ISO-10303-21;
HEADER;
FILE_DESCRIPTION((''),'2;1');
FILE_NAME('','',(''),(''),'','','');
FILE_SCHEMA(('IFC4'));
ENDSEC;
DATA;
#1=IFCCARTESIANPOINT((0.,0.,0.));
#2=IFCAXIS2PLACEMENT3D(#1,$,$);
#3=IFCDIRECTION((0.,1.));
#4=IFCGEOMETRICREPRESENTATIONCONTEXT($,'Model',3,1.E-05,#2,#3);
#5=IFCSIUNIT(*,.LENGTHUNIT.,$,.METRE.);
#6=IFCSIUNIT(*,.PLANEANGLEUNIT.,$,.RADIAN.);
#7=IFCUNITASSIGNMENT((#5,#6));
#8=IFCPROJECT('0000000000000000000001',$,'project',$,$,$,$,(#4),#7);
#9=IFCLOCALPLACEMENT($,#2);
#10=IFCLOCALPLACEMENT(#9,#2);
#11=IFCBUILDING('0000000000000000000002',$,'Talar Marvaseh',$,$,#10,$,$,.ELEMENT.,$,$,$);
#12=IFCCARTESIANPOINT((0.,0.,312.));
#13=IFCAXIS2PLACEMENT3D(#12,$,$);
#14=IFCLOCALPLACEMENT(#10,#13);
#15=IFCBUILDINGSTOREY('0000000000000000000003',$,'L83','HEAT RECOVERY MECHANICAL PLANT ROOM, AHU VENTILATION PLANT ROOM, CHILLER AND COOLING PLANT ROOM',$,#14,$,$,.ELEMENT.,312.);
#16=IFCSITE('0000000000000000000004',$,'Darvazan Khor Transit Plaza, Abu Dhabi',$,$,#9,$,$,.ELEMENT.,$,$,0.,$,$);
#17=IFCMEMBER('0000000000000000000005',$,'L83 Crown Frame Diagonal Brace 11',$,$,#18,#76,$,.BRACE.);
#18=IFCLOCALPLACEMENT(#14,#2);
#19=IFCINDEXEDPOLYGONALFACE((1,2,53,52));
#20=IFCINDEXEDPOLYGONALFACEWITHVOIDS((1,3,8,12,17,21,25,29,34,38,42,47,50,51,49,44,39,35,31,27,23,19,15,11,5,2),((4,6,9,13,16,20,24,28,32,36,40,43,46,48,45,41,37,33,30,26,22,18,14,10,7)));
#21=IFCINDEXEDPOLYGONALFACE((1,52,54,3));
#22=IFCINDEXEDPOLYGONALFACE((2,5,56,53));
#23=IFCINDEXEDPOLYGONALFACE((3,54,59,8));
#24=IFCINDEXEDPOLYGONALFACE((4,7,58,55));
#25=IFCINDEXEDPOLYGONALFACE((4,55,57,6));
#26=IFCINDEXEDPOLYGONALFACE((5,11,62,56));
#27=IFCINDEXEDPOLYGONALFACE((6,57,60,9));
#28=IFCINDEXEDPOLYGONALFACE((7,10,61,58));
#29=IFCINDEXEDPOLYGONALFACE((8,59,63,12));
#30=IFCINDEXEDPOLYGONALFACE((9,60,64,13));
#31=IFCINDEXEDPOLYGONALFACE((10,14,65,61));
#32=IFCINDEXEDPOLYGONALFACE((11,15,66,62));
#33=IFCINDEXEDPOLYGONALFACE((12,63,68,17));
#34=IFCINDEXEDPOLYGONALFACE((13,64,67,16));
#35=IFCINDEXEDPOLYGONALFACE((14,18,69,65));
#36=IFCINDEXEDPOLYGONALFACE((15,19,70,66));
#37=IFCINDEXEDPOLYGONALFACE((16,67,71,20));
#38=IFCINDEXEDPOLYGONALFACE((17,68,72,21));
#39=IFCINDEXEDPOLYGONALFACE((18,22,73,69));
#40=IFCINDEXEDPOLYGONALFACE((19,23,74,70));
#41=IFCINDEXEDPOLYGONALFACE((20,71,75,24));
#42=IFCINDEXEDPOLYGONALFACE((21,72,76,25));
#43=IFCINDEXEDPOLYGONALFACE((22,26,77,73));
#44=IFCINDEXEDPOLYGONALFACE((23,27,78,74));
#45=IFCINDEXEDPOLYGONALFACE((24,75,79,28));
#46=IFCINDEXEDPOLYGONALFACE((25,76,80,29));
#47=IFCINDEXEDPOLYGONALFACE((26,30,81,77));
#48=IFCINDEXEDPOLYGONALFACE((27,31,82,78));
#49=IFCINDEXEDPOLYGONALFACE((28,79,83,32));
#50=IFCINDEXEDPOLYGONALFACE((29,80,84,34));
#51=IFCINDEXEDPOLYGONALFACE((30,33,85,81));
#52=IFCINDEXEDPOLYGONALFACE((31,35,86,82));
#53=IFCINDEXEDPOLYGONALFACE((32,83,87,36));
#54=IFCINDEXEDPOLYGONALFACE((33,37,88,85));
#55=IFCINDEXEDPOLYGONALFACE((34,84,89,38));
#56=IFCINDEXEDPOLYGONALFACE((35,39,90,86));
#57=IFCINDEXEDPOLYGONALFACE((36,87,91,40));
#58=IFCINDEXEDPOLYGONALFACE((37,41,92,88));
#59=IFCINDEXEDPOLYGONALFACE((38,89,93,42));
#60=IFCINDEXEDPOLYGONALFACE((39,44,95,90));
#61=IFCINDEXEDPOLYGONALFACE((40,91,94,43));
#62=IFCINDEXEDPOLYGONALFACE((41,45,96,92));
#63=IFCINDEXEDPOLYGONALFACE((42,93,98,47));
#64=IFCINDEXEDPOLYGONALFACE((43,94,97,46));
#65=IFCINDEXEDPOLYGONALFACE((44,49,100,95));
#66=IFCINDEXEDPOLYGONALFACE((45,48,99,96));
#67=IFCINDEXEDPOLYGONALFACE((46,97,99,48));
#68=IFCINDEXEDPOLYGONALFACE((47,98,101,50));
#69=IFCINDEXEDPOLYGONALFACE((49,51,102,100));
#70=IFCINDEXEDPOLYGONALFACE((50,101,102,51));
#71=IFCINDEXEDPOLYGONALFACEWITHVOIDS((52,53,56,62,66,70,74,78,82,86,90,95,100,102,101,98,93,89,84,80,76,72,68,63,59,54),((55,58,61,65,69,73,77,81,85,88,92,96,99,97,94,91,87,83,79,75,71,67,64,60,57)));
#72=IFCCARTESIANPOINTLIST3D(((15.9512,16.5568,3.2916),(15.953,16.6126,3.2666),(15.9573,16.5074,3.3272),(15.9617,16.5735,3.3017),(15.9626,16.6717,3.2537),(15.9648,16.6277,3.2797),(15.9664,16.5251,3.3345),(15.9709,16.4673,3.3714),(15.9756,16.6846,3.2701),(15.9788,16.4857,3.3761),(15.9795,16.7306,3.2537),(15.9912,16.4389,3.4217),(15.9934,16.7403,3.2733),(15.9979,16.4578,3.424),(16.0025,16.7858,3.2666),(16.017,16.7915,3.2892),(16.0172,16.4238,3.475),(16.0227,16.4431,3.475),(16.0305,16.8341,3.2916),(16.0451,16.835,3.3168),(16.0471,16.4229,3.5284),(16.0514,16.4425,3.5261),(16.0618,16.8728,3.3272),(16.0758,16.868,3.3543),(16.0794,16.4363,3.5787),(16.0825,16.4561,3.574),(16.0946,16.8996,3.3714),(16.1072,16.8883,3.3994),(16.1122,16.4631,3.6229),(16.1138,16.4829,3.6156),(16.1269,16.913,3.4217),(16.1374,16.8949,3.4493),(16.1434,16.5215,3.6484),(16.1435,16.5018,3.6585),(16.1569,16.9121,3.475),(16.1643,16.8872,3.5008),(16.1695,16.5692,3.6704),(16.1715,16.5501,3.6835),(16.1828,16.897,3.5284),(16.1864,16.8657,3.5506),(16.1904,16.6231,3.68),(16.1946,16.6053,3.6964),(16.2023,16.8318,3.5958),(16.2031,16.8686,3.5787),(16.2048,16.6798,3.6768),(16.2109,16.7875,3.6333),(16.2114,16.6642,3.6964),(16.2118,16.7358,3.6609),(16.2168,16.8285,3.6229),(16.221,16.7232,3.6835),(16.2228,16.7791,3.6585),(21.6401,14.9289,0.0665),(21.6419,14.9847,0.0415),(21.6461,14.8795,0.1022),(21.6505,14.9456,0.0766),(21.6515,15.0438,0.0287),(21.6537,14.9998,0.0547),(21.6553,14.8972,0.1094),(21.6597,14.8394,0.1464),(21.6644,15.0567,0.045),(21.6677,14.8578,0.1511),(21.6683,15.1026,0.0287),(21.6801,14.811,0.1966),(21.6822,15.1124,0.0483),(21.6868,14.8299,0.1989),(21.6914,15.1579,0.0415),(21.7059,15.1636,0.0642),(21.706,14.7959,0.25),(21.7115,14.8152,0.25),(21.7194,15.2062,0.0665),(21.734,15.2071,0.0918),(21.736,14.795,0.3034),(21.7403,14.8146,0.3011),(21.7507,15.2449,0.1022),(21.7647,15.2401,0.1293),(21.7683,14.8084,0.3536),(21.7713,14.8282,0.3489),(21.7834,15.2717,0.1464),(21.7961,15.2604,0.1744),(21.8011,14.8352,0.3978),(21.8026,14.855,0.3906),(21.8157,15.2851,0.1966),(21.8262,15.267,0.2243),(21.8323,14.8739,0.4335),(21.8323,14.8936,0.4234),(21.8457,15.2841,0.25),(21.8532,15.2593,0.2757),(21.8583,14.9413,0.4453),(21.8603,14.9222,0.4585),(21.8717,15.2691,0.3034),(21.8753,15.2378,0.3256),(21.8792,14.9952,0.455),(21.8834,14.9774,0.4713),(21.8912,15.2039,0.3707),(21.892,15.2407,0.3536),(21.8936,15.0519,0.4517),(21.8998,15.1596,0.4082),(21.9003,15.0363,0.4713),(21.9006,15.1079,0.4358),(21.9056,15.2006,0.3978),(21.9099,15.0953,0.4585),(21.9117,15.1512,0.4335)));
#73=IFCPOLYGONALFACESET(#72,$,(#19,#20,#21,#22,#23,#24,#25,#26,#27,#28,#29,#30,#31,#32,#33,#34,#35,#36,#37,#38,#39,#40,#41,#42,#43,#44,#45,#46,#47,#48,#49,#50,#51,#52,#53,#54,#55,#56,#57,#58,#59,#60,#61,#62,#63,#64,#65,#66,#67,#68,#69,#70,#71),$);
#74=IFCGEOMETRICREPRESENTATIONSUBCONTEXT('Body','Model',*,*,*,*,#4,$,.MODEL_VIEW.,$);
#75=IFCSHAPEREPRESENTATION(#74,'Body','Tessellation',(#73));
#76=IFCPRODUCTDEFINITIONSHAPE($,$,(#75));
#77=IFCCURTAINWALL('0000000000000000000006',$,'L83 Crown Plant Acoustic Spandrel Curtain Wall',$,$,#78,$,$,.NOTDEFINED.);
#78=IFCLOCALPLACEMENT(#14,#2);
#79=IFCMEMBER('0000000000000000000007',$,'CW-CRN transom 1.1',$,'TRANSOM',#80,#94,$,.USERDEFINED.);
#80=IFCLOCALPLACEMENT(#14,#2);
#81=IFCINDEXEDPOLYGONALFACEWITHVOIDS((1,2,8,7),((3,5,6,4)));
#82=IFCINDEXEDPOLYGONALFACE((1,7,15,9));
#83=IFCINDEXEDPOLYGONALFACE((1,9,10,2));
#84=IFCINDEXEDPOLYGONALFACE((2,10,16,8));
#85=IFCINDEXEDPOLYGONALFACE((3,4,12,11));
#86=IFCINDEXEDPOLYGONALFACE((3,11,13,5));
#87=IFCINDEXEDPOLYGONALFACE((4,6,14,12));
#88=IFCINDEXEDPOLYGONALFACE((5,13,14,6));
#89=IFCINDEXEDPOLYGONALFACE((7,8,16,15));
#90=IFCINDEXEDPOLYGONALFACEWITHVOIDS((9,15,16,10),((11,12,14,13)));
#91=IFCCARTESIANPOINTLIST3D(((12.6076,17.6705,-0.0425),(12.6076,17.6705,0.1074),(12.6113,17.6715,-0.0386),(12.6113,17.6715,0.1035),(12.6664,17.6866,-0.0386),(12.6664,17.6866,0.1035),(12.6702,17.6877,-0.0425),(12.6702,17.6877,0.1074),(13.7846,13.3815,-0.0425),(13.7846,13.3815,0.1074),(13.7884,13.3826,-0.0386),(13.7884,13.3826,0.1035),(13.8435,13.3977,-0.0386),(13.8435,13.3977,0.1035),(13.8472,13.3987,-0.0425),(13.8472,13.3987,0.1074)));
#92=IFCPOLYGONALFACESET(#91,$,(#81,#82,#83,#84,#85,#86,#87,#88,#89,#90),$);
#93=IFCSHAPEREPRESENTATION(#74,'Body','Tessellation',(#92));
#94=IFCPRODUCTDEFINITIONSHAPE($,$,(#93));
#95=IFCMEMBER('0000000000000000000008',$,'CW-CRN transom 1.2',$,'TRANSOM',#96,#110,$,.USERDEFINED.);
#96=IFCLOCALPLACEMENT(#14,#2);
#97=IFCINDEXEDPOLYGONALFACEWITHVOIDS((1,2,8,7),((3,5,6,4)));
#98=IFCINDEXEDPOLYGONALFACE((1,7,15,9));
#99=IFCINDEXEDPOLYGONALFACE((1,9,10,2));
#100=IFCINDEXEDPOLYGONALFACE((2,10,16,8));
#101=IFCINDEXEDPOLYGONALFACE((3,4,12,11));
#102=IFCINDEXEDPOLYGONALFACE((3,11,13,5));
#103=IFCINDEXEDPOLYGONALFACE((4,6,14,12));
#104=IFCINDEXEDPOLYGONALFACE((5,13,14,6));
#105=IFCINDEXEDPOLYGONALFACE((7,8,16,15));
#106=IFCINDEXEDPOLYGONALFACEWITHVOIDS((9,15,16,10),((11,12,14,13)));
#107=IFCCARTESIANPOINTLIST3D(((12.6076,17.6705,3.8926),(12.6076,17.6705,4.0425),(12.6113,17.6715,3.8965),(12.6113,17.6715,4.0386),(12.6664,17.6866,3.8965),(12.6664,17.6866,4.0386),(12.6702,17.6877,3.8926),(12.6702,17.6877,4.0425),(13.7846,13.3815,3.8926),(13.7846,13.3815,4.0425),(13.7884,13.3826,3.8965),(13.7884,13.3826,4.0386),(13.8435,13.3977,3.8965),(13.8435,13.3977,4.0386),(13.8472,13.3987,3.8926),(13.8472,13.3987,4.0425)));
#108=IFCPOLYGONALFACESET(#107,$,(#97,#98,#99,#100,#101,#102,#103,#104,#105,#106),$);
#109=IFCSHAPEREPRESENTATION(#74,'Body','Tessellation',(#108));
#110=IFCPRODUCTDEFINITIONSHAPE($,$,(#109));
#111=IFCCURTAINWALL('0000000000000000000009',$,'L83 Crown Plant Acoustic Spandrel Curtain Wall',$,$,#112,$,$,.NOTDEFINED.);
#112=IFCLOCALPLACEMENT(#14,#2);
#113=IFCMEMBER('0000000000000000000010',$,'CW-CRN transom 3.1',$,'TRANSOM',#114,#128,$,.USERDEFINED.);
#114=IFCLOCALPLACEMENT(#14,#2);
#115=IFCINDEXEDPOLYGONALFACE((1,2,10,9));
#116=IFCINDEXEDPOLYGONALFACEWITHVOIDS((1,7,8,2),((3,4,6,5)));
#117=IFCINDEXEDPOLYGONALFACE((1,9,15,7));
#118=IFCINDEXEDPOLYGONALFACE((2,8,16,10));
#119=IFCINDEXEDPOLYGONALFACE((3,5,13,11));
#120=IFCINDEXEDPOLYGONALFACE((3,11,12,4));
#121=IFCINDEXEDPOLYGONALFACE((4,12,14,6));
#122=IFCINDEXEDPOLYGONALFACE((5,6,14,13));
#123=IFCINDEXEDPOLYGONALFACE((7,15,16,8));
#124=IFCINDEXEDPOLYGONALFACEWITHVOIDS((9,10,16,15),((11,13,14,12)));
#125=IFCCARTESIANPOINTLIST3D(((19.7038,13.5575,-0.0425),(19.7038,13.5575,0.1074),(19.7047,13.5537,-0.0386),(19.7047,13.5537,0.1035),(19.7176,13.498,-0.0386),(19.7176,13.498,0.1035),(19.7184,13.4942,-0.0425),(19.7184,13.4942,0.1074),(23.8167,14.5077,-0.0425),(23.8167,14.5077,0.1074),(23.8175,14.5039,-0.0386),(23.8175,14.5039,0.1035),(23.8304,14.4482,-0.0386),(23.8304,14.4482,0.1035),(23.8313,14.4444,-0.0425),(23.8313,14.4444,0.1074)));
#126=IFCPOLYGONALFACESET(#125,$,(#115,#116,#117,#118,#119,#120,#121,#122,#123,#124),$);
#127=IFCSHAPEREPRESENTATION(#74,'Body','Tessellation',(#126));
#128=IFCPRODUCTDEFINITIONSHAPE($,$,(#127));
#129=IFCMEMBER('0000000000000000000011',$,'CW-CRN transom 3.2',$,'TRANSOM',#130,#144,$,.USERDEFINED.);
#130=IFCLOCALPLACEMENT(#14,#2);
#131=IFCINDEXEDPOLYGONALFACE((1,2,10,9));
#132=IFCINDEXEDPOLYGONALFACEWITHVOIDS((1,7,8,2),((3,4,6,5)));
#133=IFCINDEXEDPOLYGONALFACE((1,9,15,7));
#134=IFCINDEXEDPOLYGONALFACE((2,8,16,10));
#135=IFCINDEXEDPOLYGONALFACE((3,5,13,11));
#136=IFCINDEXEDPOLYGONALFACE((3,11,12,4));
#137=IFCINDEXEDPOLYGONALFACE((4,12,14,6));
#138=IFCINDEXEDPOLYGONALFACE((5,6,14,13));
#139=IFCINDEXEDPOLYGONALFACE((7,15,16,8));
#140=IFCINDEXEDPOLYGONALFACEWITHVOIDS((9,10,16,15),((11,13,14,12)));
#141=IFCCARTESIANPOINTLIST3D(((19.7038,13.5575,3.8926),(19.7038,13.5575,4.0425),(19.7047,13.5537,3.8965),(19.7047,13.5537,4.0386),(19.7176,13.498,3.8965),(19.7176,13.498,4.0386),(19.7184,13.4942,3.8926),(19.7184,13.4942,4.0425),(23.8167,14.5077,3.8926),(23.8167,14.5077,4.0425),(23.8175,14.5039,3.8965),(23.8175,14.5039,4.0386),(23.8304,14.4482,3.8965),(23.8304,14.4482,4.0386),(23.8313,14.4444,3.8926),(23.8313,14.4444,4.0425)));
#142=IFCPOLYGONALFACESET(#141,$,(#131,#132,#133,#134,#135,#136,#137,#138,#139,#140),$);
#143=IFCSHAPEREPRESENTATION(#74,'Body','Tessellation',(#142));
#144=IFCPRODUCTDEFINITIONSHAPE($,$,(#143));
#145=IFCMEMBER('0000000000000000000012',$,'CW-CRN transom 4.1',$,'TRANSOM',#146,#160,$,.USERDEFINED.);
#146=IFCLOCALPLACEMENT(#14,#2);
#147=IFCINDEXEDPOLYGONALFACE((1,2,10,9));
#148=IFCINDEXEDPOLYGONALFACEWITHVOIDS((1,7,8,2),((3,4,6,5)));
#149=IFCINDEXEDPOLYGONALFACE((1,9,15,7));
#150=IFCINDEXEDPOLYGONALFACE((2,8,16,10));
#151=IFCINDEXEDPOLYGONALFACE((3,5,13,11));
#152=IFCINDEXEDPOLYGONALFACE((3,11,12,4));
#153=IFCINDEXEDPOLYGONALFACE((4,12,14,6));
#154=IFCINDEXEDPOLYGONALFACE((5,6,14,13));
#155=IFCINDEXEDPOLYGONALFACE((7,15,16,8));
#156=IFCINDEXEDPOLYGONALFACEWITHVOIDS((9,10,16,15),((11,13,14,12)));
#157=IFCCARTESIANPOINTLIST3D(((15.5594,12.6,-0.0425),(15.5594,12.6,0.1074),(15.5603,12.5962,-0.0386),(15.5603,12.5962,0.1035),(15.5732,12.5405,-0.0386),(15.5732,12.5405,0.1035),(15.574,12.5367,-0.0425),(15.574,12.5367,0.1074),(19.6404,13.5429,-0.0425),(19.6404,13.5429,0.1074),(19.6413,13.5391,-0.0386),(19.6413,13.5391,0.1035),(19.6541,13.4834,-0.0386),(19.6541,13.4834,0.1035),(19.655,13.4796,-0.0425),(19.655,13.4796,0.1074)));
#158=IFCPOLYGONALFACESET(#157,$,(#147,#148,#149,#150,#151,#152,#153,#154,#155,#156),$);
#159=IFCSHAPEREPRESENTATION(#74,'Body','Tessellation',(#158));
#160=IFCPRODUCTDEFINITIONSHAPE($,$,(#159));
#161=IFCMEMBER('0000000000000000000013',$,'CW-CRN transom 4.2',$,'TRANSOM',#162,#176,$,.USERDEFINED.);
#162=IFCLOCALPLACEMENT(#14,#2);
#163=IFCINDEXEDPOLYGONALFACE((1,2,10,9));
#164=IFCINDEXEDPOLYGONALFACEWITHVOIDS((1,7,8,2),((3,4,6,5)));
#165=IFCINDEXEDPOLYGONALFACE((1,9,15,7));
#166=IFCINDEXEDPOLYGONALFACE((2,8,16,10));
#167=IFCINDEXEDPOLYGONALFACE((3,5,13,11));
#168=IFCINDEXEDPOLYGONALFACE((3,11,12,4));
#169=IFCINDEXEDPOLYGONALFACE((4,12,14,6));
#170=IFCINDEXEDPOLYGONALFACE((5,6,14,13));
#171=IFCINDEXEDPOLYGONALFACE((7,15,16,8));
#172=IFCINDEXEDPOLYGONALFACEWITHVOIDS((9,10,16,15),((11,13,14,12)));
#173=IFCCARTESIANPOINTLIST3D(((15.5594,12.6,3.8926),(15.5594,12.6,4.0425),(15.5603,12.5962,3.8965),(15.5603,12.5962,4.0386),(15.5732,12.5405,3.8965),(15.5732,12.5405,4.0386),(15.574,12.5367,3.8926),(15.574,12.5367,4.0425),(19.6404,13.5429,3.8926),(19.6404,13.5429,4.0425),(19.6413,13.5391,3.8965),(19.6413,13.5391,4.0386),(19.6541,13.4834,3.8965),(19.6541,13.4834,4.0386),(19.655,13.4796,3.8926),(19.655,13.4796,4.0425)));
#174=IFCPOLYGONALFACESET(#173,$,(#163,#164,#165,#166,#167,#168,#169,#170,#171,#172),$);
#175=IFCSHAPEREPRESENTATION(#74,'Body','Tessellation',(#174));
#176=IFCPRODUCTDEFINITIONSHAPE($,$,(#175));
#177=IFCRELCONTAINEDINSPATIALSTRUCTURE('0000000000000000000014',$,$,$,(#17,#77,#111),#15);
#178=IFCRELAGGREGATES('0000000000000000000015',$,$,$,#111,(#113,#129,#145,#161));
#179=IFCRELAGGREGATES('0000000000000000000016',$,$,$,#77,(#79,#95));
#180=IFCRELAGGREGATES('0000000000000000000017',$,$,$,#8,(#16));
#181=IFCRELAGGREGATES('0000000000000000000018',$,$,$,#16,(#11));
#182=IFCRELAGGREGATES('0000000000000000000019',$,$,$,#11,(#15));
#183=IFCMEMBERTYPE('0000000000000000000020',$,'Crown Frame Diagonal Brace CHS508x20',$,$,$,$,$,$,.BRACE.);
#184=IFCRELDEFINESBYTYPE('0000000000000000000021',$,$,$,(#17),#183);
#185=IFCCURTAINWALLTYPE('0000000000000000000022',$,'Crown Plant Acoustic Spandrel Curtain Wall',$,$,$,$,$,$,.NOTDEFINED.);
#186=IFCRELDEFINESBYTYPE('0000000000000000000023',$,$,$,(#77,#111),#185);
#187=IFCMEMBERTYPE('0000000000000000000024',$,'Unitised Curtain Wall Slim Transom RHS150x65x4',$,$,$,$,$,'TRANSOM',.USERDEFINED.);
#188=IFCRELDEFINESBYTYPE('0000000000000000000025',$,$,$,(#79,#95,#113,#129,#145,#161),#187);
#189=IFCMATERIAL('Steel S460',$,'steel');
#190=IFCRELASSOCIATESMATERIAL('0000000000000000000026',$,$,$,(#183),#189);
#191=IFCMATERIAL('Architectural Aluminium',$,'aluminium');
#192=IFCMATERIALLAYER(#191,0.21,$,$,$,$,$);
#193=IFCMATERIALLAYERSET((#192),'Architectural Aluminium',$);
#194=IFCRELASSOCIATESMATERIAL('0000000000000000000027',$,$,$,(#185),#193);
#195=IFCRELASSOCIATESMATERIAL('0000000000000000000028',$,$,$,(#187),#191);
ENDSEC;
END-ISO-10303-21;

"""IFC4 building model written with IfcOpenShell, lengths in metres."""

from ifc_helpers import new_model, si_unit, direction, frame, origin, origin_2d, place, context, subcontext, project, spatial, hollow_rectangle, hollow_circle, extrude, source, transform, mapped, material, layer, layer_set, material_profile, profile_set, type_object, type_shapes, element, aggregate, save


model = new_model("IFC4")

# Units and contexts
model_context = context("Model", 3, precision=1e-05, world=origin(), true_north=direction((0.0, 1.0)))
body_context = subcontext(model_context, "Body", "Model", "MODEL_VIEW")
ifc_project = project(units=[si_unit("LENGTHUNIT", "METRE"), si_unit("PLANEANGLEUNIT", "RADIAN")], contexts=[model_context])

# Site, building, storey
site_placement = place(None, origin())
site = spatial("IfcSite", under=ifc_project, at=site_placement, Name="Darvazan Khor Transit Plaza, Abu Dhabi", CompositionType="ELEMENT", RefElevation=0.0)
building_placement = place(site_placement, origin())
building = spatial("IfcBuilding", under=site, at=building_placement, Name="Talar Marvaseh", CompositionType="ELEMENT")
storey_placement = place(building_placement, frame((0.0, 0.0, 312.0)))
storey = spatial("IfcBuildingStorey", under=building, at=storey_placement, Name="L83", Description="HEAT RECOVERY MECHANICAL PLANT ROOM, AHU VENTILATION PLANT ROOM, CHILLER AND COOLING PLANT ROOM", CompositionType="ELEMENT", Elevation=312.0)

# Shared definitions
ifc_material_1 = material(Name="Steel S460", Category="steel")

# Member
ifc_material_profile_1 = material_profile(ifc_material_1, hollow_circle(Radius=0.2539, WallThickness=0.02, at=origin_2d()), Name="CHS508x20")
ifc_profile_set_1 = profile_set([ifc_material_profile_1], Name="Steel S460")
member_type_1 = type_object("IfcMemberType", Name="Crown Frame Diagonal Brace CHS508x20", PredefinedType="BRACE", material=ifc_profile_set_1)
shared_shape_1 = source(origin(), body_context, "Body", "SweptSolid", [
    extrude(hollow_circle(Radius=0.2539, WallThickness=0.02, at=origin_2d()), origin(), (0.0, 0.0, 1.0), 6.739),
])
type_shapes(member_type_1, [shared_shape_1])
member_1_placement = place(storey_placement, frame((21.7759, 15.04, 0.25), z_axis=(-0.84417, 0.241564, 0.478564), x_axis=(-0.275113, -0.961412, 0.0)))
element("IfcMember", 1, at=member_1_placement, inside=storey, type_object=member_type_1, Name="L83 Crown Frame Diagonal Brace 11", PredefinedType="BRACE", context=body_context, shape_type="MappedRepresentation", body=[
    mapped(shared_shape_1, transform((0.0, 0.0, 0.0), x_axis=(1.0, 0.0, 0.0), y_axis=(0.0, 1.0, 0.0), z_axis=(0.0, 0.0, 1.0), scale=1.0)),
])

# Curtain walls, members
ifc_material_2 = material(Name="Architectural Aluminium", Category="aluminium")
ifc_layer_1 = layer(ifc_material_2, 0.21)
ifc_layer_set_1 = layer_set([ifc_layer_1], Name="Architectural Aluminium")
curtain_wall_type = type_object("IfcCurtainWallType", Name="Crown Plant Acoustic Spandrel Curtain Wall", PredefinedType="NOTDEFINED", material=ifc_layer_set_1)
curtain_wall_1_placement = place(storey_placement, origin())
curtain_wall_1 = element("IfcCurtainWall", 2, at=curtain_wall_1_placement, inside=storey, type_object=curtain_wall_type, Name="L83 Crown Plant Acoustic Spandrel Curtain Wall", PredefinedType="NOTDEFINED")
ifc_material_profile_2 = material_profile(ifc_material_2, hollow_rectangle(XDim=0.0649, YDim=0.1499, WallThickness=0.0039, at=origin_2d()), Name="RHS150x65x4")
ifc_profile_set_2 = profile_set([ifc_material_profile_2], Name="Architectural Aluminium")
member_type_2 = type_object("IfcMemberType", Name="Unitised Curtain Wall Slim Transom RHS150x65x4", ElementType="TRANSOM", PredefinedType="USERDEFINED", material=ifc_profile_set_2)
shared_shape_2 = source(origin(), body_context, "Body", "SweptSolid", [
    extrude(hollow_rectangle(XDim=0.0649, YDim=0.1499, WallThickness=0.0039, at=origin_2d()), origin(), (0.0, 0.0, 1.0), 4.4475),
])
member_2_placement = place(storey_placement, frame((13.8159, 13.3901, 0.0325), z_axis=(-0.26465, 0.964345, 0.0), x_axis=(-0.964345, -0.26465, 0.0)))
member_2 = element("IfcMember", 3, at=member_2_placement, type_object=member_type_2, Name="CW-CRN transom 1.1", ObjectType="TRANSOM", PredefinedType="USERDEFINED", context=body_context, shape_type="MappedRepresentation", body=[
    mapped(shared_shape_2, transform((0.0, 0.0, 0.0), x_axis=(1.0, 0.0, 0.0), y_axis=(0.0, 1.0, 0.0), z_axis=(0.0, 0.0, 1.0), scale=1.0)),
])
member_3_placement = place(storey_placement, frame((13.8159, 13.3901, 3.9675), z_axis=(-0.26465, 0.964345, 0.0), x_axis=(-0.964345, -0.26465, 0.0)))
member_3 = element("IfcMember", 4, at=member_3_placement, type_object=member_type_2, Name="CW-CRN transom 1.2", ObjectType="TRANSOM", PredefinedType="USERDEFINED", context=body_context, shape_type="MappedRepresentation", body=[
    mapped(shared_shape_2, transform((0.0, 0.0, 0.0), x_axis=(1.0, 0.0, 0.0), y_axis=(0.0, 1.0, 0.0), z_axis=(0.0, 0.0, 1.0), scale=1.0)),
])
curtain_wall_2_placement = place(storey_placement, origin())
curtain_wall_2 = element("IfcCurtainWall", 5, at=curtain_wall_2_placement, inside=storey, type_object=curtain_wall_type, Name="L83 Crown Plant Acoustic Spandrel Curtain Wall", PredefinedType="NOTDEFINED")
shared_shape_3 = source(origin(), body_context, "Body", "SweptSolid", [
    extrude(hollow_rectangle(XDim=0.0649, YDim=0.1499, WallThickness=0.0039, at=origin_2d()), origin(), (0.0, 0.0, 1.0), 4.2212),
])
member_4_placement = place(storey_placement, frame((23.824, 14.4761, 0.0325), z_axis=(-0.974335, -0.225104, 0.0), x_axis=(0.225104, -0.974335, 0.0)))
member_4 = element("IfcMember", 6, at=member_4_placement, type_object=member_type_2, Name="CW-CRN transom 3.1", ObjectType="TRANSOM", PredefinedType="USERDEFINED", context=body_context, shape_type="MappedRepresentation", body=[
    mapped(shared_shape_3, transform((0.0, 0.0, 0.0), x_axis=(1.0, 0.0, 0.0), y_axis=(0.0, 1.0, 0.0), z_axis=(0.0, 0.0, 1.0), scale=1.0)),
])
member_5_placement = place(storey_placement, frame((23.824, 14.4761, 3.9675), z_axis=(-0.974335, -0.225104, 0.0), x_axis=(0.225104, -0.974335, 0.0)))
member_5 = element("IfcMember", 7, at=member_5_placement, type_object=member_type_2, Name="CW-CRN transom 3.2", ObjectType="TRANSOM", PredefinedType="USERDEFINED", context=body_context, shape_type="MappedRepresentation", body=[
    mapped(shared_shape_3, transform((0.0, 0.0, 0.0), x_axis=(1.0, 0.0, 0.0), y_axis=(0.0, 1.0, 0.0), z_axis=(0.0, 0.0, 1.0), scale=1.0)),
])
shared_shape_4 = source(origin(), body_context, "Body", "SweptSolid", [
    extrude(hollow_rectangle(XDim=0.0649, YDim=0.1499, WallThickness=0.0039, at=origin_2d()), origin(), (0.0, 0.0, 1.0), 4.1885),
])
type_shapes(member_type_2, [shared_shape_2, shared_shape_3, shared_shape_4])
member_6_placement = place(storey_placement, frame((19.6477, 13.5112, 0.0325), z_axis=(-0.974334, -0.225106, 0.0), x_axis=(0.225106, -0.974334, 0.0)))
member_6 = element("IfcMember", 8, at=member_6_placement, type_object=member_type_2, Name="CW-CRN transom 4.1", ObjectType="TRANSOM", PredefinedType="USERDEFINED", context=body_context, shape_type="MappedRepresentation", body=[
    mapped(shared_shape_4, transform((0.0, 0.0, 0.0), x_axis=(1.0, 0.0, 0.0), y_axis=(0.0, 1.0, 0.0), z_axis=(0.0, 0.0, 1.0), scale=1.0)),
])
member_7_placement = place(storey_placement, frame((19.6477, 13.5112, 3.9675), z_axis=(-0.974334, -0.225106, 0.0), x_axis=(0.225106, -0.974334, 0.0)))
member_7 = element("IfcMember", 9, at=member_7_placement, type_object=member_type_2, Name="CW-CRN transom 4.2", ObjectType="TRANSOM", PredefinedType="USERDEFINED", context=body_context, shape_type="MappedRepresentation", body=[
    mapped(shared_shape_4, transform((0.0, 0.0, 0.0), x_axis=(1.0, 0.0, 0.0), y_axis=(0.0, 1.0, 0.0), z_axis=(0.0, 0.0, 1.0), scale=1.0)),
])

aggregate(curtain_wall_2, [member_4, member_5, member_6, member_7])
aggregate(curtain_wall_1, [member_2, member_3])

save(model, "model.ifc")
